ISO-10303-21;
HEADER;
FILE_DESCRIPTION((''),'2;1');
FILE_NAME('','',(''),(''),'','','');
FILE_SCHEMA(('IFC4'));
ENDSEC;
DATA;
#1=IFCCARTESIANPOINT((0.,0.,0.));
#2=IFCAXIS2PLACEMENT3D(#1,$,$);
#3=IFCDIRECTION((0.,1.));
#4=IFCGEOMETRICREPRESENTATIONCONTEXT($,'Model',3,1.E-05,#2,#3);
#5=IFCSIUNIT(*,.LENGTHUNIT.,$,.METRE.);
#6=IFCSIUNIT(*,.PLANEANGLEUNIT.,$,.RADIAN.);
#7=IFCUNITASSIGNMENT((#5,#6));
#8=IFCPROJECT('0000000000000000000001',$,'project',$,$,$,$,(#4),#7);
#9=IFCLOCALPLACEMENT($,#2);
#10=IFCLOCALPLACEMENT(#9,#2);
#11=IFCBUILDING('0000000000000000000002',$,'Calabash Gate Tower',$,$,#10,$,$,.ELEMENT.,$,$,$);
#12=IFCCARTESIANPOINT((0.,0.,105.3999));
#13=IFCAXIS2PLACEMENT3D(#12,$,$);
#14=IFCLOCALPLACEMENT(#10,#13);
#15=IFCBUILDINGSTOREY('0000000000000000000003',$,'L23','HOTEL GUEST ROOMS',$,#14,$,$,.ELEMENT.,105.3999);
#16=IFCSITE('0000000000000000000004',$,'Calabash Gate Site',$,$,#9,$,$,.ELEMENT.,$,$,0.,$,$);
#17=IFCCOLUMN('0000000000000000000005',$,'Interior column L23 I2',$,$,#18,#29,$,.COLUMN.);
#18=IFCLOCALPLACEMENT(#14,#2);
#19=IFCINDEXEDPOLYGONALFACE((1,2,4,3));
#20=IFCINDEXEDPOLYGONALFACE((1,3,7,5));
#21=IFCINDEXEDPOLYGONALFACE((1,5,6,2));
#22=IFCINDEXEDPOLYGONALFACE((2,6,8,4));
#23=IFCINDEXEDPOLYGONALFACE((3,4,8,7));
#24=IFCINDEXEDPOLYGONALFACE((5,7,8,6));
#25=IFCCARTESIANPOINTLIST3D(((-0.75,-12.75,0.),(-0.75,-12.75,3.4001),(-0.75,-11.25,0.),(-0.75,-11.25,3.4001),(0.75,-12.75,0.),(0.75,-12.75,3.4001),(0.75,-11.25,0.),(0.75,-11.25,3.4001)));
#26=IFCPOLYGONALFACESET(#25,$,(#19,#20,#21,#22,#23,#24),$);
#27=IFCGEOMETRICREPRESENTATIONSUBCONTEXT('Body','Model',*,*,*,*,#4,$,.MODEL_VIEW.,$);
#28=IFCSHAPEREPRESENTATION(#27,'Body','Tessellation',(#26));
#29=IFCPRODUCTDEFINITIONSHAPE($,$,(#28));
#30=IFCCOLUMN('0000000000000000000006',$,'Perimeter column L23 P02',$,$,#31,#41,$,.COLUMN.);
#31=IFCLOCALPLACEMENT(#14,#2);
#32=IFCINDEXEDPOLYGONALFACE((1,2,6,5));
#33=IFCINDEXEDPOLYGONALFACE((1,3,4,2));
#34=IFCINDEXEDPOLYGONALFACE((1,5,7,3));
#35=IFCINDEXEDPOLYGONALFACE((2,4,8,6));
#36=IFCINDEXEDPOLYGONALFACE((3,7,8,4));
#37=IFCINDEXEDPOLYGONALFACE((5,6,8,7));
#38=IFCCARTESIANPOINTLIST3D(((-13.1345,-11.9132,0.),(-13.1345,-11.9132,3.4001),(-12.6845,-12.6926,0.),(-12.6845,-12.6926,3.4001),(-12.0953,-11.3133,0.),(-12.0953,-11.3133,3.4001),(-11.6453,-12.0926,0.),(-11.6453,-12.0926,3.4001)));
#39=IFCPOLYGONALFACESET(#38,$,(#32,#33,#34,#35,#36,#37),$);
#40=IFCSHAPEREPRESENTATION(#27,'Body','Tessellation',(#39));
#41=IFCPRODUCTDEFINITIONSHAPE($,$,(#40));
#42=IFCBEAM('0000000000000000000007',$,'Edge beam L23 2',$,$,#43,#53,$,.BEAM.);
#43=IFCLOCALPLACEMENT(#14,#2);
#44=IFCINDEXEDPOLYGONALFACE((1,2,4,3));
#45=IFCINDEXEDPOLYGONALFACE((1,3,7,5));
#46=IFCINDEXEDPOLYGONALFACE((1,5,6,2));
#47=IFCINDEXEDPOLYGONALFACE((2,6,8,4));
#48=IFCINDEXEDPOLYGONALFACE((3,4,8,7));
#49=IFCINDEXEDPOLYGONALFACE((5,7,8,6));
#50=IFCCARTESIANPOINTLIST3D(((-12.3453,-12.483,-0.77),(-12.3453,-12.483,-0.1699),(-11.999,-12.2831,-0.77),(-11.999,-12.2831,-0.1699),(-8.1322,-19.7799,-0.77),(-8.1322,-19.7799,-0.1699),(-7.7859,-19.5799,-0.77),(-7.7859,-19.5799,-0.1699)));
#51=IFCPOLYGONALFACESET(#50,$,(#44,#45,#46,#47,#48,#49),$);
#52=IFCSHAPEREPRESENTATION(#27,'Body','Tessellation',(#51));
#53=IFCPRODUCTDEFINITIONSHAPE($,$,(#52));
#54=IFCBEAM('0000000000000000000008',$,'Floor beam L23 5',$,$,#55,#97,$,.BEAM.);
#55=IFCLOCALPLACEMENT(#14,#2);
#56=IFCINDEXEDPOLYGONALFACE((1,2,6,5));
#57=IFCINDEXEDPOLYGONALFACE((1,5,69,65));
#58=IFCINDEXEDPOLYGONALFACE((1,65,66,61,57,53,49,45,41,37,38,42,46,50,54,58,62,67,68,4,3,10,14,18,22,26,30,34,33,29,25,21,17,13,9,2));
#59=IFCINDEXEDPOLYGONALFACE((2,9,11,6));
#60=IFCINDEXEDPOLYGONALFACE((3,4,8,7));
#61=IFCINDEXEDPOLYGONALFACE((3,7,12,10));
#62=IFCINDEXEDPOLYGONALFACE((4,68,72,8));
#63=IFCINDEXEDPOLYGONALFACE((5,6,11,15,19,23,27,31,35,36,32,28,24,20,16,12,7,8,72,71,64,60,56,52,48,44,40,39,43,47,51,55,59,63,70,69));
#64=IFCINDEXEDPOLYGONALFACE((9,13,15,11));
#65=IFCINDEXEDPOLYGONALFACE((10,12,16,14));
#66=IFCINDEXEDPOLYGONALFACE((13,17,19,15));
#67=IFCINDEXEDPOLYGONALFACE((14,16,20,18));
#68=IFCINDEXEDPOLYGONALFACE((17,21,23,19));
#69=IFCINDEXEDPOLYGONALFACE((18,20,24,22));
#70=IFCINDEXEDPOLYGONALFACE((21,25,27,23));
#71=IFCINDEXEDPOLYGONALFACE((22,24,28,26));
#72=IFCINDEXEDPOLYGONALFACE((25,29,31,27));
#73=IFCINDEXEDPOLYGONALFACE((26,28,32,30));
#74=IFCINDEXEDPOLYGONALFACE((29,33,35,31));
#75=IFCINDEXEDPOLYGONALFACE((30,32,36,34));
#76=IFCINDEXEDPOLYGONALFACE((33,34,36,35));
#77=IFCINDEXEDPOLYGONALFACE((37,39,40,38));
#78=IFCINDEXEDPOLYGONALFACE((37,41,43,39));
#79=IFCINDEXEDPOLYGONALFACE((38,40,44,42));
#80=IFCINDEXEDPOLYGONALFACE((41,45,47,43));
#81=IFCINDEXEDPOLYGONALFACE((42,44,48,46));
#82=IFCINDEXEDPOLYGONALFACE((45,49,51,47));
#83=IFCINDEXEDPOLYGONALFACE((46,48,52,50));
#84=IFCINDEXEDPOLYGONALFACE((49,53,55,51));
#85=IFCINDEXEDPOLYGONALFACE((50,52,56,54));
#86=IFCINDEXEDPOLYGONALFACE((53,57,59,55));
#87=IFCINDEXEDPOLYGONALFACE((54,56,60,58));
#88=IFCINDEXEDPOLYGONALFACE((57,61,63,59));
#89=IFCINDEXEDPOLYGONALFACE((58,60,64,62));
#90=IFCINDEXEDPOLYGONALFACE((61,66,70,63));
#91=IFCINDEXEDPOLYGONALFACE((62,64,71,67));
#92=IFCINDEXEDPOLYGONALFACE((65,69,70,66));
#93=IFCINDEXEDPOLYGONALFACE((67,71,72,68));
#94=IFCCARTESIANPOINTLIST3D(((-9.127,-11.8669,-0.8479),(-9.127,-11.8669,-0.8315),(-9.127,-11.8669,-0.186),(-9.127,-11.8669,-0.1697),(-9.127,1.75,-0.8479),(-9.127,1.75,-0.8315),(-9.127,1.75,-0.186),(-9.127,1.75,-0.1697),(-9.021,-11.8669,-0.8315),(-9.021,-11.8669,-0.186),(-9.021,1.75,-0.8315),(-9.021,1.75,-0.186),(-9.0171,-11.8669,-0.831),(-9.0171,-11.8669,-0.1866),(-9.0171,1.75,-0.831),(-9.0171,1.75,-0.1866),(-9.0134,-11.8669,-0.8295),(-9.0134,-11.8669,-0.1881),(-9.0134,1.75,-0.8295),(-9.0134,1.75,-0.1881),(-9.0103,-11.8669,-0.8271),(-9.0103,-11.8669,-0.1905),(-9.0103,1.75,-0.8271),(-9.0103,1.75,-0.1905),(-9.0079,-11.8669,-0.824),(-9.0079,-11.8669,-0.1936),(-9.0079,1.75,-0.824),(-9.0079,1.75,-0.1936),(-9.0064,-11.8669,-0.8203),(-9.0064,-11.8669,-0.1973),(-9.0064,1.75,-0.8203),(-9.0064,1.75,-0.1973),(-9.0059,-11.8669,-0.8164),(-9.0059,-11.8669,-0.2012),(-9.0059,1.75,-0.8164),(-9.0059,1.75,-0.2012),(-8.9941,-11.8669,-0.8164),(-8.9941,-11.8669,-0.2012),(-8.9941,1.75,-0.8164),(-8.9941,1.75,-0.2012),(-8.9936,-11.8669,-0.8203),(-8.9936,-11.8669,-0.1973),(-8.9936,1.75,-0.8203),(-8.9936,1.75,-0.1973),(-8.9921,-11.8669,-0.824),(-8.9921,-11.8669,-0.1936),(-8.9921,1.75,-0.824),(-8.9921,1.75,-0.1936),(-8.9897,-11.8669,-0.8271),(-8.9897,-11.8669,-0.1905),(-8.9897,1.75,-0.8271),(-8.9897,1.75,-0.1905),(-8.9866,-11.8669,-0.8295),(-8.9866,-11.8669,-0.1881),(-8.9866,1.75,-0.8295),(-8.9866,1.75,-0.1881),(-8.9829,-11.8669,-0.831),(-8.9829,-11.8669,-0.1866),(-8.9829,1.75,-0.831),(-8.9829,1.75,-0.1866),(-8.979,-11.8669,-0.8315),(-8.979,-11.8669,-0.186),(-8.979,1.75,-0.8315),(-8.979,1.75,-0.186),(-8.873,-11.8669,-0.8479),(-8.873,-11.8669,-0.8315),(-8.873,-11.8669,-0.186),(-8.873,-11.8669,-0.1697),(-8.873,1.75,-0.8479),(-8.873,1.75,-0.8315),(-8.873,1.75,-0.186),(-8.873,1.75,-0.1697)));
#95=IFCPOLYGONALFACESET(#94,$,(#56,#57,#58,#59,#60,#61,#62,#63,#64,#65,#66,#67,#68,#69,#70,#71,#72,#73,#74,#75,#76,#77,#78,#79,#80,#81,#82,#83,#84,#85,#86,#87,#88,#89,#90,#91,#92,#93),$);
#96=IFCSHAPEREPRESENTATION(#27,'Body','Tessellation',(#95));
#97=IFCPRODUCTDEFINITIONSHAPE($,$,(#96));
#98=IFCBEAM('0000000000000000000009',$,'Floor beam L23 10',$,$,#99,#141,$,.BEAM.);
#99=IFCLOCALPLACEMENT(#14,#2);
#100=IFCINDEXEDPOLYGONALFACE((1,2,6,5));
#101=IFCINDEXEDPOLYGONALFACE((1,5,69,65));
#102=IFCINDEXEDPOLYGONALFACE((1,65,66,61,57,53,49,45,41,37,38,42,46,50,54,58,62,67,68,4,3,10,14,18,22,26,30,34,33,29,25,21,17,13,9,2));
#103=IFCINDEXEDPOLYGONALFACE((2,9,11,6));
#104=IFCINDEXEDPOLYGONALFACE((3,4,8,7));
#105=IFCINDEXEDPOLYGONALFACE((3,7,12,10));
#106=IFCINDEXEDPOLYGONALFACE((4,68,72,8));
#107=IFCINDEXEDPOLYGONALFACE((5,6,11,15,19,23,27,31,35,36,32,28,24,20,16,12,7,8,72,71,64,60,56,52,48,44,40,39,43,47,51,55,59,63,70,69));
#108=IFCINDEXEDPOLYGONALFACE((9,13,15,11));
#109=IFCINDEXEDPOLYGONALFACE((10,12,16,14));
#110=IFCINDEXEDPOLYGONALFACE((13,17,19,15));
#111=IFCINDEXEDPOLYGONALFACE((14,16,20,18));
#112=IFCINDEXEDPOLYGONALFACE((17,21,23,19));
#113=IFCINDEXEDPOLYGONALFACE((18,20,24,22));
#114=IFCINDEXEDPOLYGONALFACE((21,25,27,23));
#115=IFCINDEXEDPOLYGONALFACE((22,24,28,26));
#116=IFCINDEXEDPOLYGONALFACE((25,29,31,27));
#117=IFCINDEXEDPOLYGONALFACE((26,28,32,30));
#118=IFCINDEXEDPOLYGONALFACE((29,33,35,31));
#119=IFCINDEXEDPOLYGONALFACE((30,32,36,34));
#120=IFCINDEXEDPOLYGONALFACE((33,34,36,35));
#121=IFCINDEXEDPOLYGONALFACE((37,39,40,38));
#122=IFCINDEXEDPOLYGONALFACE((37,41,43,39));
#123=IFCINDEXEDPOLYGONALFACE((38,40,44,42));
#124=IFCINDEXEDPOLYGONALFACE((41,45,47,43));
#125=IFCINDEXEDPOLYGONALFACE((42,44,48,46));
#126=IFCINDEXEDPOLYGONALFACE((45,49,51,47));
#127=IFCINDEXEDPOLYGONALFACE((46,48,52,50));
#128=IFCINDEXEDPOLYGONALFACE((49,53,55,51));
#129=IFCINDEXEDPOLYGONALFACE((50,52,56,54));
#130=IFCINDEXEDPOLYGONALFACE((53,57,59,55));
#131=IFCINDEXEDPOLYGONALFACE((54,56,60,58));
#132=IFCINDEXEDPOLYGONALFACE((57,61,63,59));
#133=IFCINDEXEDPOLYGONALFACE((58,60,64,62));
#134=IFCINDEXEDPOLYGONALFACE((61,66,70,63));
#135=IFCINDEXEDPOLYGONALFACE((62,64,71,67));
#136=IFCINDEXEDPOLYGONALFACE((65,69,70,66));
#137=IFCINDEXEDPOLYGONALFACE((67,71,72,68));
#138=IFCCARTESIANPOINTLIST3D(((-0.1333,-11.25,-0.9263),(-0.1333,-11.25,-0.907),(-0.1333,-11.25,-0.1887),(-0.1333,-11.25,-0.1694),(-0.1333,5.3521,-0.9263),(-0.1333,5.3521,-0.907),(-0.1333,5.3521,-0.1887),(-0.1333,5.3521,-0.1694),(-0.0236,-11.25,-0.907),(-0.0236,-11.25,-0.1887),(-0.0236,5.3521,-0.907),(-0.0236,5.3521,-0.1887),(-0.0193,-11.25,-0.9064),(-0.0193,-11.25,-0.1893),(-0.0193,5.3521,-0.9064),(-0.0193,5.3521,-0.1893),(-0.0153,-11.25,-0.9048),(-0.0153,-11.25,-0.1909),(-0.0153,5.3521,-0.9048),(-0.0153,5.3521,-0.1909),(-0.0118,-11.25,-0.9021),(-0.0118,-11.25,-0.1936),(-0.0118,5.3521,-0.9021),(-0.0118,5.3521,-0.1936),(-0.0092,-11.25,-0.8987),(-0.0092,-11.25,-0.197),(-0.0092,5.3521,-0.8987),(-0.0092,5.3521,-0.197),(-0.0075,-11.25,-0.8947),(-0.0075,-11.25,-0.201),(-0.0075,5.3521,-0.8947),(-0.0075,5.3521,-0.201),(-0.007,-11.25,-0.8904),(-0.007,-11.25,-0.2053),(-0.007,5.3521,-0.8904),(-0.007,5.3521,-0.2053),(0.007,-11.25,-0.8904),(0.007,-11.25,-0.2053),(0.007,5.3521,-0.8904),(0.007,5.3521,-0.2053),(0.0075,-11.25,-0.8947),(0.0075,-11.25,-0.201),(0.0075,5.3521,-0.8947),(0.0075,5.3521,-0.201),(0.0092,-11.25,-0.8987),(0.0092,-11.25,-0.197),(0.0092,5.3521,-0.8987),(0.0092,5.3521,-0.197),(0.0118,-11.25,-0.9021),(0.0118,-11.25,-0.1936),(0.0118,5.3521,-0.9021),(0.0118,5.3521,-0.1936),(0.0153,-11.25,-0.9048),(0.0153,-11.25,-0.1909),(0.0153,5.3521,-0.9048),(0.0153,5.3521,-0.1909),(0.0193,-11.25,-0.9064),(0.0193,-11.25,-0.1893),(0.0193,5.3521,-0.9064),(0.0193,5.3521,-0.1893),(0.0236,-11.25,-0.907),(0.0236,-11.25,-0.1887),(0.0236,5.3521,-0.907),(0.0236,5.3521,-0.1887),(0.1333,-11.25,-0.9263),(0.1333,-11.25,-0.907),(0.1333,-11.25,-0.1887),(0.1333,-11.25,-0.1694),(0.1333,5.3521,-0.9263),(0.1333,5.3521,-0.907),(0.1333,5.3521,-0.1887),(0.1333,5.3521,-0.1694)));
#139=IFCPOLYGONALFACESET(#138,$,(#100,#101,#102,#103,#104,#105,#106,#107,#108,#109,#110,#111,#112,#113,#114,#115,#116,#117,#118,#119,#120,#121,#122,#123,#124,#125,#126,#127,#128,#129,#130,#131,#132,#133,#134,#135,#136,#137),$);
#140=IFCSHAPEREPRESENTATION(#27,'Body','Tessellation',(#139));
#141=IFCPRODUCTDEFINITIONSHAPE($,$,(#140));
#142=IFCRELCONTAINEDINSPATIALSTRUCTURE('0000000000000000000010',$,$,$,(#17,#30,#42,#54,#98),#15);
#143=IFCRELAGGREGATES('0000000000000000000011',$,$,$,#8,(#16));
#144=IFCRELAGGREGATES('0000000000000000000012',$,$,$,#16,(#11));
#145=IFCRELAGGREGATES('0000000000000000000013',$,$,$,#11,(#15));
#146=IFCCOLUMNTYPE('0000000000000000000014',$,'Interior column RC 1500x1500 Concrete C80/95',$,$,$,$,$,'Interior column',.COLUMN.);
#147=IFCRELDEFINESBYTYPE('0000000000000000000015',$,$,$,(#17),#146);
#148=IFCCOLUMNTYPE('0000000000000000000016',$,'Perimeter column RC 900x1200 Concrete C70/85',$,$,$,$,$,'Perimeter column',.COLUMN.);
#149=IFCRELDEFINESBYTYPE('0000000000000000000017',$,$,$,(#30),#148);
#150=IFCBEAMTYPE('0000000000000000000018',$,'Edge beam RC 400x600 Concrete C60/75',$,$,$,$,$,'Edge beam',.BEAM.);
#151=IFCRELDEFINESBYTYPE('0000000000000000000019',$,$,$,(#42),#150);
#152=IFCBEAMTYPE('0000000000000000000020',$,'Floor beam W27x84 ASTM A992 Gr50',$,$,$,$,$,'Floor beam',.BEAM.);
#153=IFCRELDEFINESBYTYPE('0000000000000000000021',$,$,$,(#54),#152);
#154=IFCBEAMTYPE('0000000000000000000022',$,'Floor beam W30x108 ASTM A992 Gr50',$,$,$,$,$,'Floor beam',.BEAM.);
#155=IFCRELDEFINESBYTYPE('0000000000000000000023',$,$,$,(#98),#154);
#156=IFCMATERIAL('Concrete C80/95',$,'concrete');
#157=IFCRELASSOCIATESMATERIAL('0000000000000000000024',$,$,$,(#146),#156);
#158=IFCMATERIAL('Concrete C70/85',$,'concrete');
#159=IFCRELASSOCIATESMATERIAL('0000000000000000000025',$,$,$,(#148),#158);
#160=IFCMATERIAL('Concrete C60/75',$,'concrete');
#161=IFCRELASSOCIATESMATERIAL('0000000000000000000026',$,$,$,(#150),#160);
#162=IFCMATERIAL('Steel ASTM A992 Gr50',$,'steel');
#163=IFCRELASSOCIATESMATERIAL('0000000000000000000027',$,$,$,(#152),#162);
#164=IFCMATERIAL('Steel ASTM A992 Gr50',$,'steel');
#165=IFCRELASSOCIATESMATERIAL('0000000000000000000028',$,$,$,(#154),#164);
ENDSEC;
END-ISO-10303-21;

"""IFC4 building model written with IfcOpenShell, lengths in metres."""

from ifc_helpers import new_model, si_unit, direction, frame, origin, origin_2d, place, context, subcontext, project, spatial, rectangle, i_section, extrude, material, material_profile, profile_set, type_object, element, save


model = new_model("IFC4")

# Units and contexts
model_context = context("Model", 3, precision=1e-05, world=origin(), true_north=direction((0.0, 1.0)))
body_context = subcontext(model_context, "Body", "Model", "MODEL_VIEW")
ifc_project = project(units=[si_unit("LENGTHUNIT", "METRE"), si_unit("PLANEANGLEUNIT", "RADIAN")], contexts=[model_context])

# Site, building, storey
site_placement = place(None, origin())
site = spatial("IfcSite", under=ifc_project, at=site_placement, Name="Calabash Gate Site", CompositionType="ELEMENT", RefElevation=0.0)
building_placement = place(site_placement, origin())
building = spatial("IfcBuilding", under=site, at=building_placement, Name="Calabash Gate Tower", CompositionType="ELEMENT")
storey_placement = place(building_placement, frame((0.0, 0.0, 105.3999)))
storey = spatial("IfcBuildingStorey", under=building, at=storey_placement, Name="L23", Description="HOTEL GUEST ROOMS", CompositionType="ELEMENT", Elevation=105.3999)

# Columns
ifc_material_1 = material(Name="Concrete C80/95", Category="concrete")
ifc_material_profile_1 = material_profile(ifc_material_1, rectangle(XDim=1.5, YDim=1.5, at=origin_2d()))
ifc_profile_set_1 = profile_set([ifc_material_profile_1], Name="Concrete C80/95")
column_type_1 = type_object("IfcColumnType", Name="Interior column RC 1500x1500 Concrete C80/95", ElementType="Interior column", PredefinedType="COLUMN", material=ifc_profile_set_1)
column_1_placement = place(storey_placement, frame((0.0, -12.0, 0.0), z_axis=(0.0, 0.0, 1.0), x_axis=(1.0, 0.0, 0.0)))
element("IfcColumn", 1, at=column_1_placement, inside=storey, type_object=column_type_1, Name="Interior column L23 I2", PredefinedType="COLUMN", context=body_context, shape_type="SweptSolid", body=[
    extrude(rectangle(XDim=1.5, YDim=1.5, at=origin_2d()), origin(), (0.0, 0.0, 1.0), 3.4001),
])
ifc_material_2 = material(Name="Concrete C70/85", Category="concrete")
ifc_material_profile_2 = material_profile(ifc_material_2, rectangle(XDim=0.8999, YDim=1.2, at=origin_2d()))
ifc_profile_set_2 = profile_set([ifc_material_profile_2], Name="Concrete C70/85")
column_type_2 = type_object("IfcColumnType", Name="Perimeter column RC 900x1200 Concrete C70/85", ElementType="Perimeter column", PredefinedType="COLUMN", material=ifc_profile_set_2)
column_2_placement = place(storey_placement, frame((-12.3899, -12.0029, 0.0), z_axis=(0.0, 0.0, 1.0), x_axis=(0.5, -0.866025, 0.0)))
element("IfcColumn", 2, at=column_2_placement, inside=storey, type_object=column_type_2, Name="Perimeter column L23 P02", PredefinedType="COLUMN", context=body_context, shape_type="SweptSolid", body=[
    extrude(rectangle(XDim=0.8999, YDim=1.2, at=origin_2d()), origin(), (0.0, 0.0, 1.0), 3.4001),
])

# Beams
ifc_material_3 = material(Name="Concrete C60/75", Category="concrete")
ifc_material_profile_3 = material_profile(ifc_material_3, rectangle(XDim=0.3999, YDim=0.6001, at=origin_2d()))
ifc_profile_set_3 = profile_set([ifc_material_profile_3], Name="Concrete C60/75")
beam_type_1 = type_object("IfcBeamType", Name="Edge beam RC 400x600 Concrete C60/75", ElementType="Edge beam", PredefinedType="BEAM", material=ifc_profile_set_3)
beam_1_placement = place(storey_placement, frame((-12.1721, -12.3831, -0.47), z_axis=(0.500025, -0.866011, 0.0), x_axis=(0.866011, 0.500025, 0.0)))
element("IfcBeam", 3, at=beam_1_placement, inside=storey, type_object=beam_type_1, Name="Edge beam L23 2", PredefinedType="BEAM", context=body_context, shape_type="SweptSolid", body=[
    extrude(rectangle(XDim=0.3999, YDim=0.6001, at=origin_2d()), origin(), (0.0, 0.0, 1.0), 8.4258),
])
ifc_material_4 = material(Name="Steel ASTM A992 Gr50", Category="steel")
ifc_material_profile_4 = material_profile(ifc_material_4, i_section(OverallWidth=0.2539, OverallDepth=0.6782, WebThickness=0.0117, FlangeThickness=0.0164, FilletRadius=0.0151, at=origin_2d()))
ifc_profile_set_4 = profile_set([ifc_material_profile_4], Name="Steel ASTM A992 Gr50")
beam_type_2 = type_object("IfcBeamType", Name="Floor beam W27x84 ASTM A992 Gr50", ElementType="Floor beam", PredefinedType="BEAM", material=ifc_profile_set_4)
beam_2_placement = place(storey_placement, frame((-9.0, -11.8669, -0.5088), z_axis=(0.0, 1.0, 0.0), x_axis=(-1.0, 0.0, 0.0)))
element("IfcBeam", 4, at=beam_2_placement, inside=storey, type_object=beam_type_2, Name="Floor beam L23 5", PredefinedType="BEAM", context=body_context, shape_type="SweptSolid", body=[
    extrude(i_section(OverallWidth=0.2539, OverallDepth=0.6782, WebThickness=0.0117, FlangeThickness=0.0164, FilletRadius=0.0151, at=origin_2d()), origin(), (0.0, 0.0, 1.0), 13.6169),
])
ifc_material_5 = material(Name="Steel ASTM A992 Gr50", Category="steel")
ifc_material_profile_5 = material_profile(ifc_material_5, i_section(OverallWidth=0.2666, OverallDepth=0.7568, WebThickness=0.0139, FlangeThickness=0.0193, FilletRadius=0.0166, at=origin_2d()))
ifc_profile_set_5 = profile_set([ifc_material_profile_5], Name="Steel ASTM A992 Gr50")
beam_type_3 = type_object("IfcBeamType", Name="Floor beam W30x108 ASTM A992 Gr50", ElementType="Floor beam", PredefinedType="BEAM", material=ifc_profile_set_5)
beam_3_placement = place(storey_placement, frame((0.0, -11.25, -0.5479), z_axis=(0.0, 1.0, 0.0), x_axis=(-1.0, 0.0, 0.0)))
element("IfcBeam", 5, at=beam_3_placement, inside=storey, type_object=beam_type_3, Name="Floor beam L23 10", PredefinedType="BEAM", context=body_context, shape_type="SweptSolid", body=[
    extrude(i_section(OverallWidth=0.2666, OverallDepth=0.7568, WebThickness=0.0139, FlangeThickness=0.0193, FilletRadius=0.0166, at=origin_2d()), origin(), (0.0, 0.0, 1.0), 16.6021),
])

save(model, "model.ifc")
